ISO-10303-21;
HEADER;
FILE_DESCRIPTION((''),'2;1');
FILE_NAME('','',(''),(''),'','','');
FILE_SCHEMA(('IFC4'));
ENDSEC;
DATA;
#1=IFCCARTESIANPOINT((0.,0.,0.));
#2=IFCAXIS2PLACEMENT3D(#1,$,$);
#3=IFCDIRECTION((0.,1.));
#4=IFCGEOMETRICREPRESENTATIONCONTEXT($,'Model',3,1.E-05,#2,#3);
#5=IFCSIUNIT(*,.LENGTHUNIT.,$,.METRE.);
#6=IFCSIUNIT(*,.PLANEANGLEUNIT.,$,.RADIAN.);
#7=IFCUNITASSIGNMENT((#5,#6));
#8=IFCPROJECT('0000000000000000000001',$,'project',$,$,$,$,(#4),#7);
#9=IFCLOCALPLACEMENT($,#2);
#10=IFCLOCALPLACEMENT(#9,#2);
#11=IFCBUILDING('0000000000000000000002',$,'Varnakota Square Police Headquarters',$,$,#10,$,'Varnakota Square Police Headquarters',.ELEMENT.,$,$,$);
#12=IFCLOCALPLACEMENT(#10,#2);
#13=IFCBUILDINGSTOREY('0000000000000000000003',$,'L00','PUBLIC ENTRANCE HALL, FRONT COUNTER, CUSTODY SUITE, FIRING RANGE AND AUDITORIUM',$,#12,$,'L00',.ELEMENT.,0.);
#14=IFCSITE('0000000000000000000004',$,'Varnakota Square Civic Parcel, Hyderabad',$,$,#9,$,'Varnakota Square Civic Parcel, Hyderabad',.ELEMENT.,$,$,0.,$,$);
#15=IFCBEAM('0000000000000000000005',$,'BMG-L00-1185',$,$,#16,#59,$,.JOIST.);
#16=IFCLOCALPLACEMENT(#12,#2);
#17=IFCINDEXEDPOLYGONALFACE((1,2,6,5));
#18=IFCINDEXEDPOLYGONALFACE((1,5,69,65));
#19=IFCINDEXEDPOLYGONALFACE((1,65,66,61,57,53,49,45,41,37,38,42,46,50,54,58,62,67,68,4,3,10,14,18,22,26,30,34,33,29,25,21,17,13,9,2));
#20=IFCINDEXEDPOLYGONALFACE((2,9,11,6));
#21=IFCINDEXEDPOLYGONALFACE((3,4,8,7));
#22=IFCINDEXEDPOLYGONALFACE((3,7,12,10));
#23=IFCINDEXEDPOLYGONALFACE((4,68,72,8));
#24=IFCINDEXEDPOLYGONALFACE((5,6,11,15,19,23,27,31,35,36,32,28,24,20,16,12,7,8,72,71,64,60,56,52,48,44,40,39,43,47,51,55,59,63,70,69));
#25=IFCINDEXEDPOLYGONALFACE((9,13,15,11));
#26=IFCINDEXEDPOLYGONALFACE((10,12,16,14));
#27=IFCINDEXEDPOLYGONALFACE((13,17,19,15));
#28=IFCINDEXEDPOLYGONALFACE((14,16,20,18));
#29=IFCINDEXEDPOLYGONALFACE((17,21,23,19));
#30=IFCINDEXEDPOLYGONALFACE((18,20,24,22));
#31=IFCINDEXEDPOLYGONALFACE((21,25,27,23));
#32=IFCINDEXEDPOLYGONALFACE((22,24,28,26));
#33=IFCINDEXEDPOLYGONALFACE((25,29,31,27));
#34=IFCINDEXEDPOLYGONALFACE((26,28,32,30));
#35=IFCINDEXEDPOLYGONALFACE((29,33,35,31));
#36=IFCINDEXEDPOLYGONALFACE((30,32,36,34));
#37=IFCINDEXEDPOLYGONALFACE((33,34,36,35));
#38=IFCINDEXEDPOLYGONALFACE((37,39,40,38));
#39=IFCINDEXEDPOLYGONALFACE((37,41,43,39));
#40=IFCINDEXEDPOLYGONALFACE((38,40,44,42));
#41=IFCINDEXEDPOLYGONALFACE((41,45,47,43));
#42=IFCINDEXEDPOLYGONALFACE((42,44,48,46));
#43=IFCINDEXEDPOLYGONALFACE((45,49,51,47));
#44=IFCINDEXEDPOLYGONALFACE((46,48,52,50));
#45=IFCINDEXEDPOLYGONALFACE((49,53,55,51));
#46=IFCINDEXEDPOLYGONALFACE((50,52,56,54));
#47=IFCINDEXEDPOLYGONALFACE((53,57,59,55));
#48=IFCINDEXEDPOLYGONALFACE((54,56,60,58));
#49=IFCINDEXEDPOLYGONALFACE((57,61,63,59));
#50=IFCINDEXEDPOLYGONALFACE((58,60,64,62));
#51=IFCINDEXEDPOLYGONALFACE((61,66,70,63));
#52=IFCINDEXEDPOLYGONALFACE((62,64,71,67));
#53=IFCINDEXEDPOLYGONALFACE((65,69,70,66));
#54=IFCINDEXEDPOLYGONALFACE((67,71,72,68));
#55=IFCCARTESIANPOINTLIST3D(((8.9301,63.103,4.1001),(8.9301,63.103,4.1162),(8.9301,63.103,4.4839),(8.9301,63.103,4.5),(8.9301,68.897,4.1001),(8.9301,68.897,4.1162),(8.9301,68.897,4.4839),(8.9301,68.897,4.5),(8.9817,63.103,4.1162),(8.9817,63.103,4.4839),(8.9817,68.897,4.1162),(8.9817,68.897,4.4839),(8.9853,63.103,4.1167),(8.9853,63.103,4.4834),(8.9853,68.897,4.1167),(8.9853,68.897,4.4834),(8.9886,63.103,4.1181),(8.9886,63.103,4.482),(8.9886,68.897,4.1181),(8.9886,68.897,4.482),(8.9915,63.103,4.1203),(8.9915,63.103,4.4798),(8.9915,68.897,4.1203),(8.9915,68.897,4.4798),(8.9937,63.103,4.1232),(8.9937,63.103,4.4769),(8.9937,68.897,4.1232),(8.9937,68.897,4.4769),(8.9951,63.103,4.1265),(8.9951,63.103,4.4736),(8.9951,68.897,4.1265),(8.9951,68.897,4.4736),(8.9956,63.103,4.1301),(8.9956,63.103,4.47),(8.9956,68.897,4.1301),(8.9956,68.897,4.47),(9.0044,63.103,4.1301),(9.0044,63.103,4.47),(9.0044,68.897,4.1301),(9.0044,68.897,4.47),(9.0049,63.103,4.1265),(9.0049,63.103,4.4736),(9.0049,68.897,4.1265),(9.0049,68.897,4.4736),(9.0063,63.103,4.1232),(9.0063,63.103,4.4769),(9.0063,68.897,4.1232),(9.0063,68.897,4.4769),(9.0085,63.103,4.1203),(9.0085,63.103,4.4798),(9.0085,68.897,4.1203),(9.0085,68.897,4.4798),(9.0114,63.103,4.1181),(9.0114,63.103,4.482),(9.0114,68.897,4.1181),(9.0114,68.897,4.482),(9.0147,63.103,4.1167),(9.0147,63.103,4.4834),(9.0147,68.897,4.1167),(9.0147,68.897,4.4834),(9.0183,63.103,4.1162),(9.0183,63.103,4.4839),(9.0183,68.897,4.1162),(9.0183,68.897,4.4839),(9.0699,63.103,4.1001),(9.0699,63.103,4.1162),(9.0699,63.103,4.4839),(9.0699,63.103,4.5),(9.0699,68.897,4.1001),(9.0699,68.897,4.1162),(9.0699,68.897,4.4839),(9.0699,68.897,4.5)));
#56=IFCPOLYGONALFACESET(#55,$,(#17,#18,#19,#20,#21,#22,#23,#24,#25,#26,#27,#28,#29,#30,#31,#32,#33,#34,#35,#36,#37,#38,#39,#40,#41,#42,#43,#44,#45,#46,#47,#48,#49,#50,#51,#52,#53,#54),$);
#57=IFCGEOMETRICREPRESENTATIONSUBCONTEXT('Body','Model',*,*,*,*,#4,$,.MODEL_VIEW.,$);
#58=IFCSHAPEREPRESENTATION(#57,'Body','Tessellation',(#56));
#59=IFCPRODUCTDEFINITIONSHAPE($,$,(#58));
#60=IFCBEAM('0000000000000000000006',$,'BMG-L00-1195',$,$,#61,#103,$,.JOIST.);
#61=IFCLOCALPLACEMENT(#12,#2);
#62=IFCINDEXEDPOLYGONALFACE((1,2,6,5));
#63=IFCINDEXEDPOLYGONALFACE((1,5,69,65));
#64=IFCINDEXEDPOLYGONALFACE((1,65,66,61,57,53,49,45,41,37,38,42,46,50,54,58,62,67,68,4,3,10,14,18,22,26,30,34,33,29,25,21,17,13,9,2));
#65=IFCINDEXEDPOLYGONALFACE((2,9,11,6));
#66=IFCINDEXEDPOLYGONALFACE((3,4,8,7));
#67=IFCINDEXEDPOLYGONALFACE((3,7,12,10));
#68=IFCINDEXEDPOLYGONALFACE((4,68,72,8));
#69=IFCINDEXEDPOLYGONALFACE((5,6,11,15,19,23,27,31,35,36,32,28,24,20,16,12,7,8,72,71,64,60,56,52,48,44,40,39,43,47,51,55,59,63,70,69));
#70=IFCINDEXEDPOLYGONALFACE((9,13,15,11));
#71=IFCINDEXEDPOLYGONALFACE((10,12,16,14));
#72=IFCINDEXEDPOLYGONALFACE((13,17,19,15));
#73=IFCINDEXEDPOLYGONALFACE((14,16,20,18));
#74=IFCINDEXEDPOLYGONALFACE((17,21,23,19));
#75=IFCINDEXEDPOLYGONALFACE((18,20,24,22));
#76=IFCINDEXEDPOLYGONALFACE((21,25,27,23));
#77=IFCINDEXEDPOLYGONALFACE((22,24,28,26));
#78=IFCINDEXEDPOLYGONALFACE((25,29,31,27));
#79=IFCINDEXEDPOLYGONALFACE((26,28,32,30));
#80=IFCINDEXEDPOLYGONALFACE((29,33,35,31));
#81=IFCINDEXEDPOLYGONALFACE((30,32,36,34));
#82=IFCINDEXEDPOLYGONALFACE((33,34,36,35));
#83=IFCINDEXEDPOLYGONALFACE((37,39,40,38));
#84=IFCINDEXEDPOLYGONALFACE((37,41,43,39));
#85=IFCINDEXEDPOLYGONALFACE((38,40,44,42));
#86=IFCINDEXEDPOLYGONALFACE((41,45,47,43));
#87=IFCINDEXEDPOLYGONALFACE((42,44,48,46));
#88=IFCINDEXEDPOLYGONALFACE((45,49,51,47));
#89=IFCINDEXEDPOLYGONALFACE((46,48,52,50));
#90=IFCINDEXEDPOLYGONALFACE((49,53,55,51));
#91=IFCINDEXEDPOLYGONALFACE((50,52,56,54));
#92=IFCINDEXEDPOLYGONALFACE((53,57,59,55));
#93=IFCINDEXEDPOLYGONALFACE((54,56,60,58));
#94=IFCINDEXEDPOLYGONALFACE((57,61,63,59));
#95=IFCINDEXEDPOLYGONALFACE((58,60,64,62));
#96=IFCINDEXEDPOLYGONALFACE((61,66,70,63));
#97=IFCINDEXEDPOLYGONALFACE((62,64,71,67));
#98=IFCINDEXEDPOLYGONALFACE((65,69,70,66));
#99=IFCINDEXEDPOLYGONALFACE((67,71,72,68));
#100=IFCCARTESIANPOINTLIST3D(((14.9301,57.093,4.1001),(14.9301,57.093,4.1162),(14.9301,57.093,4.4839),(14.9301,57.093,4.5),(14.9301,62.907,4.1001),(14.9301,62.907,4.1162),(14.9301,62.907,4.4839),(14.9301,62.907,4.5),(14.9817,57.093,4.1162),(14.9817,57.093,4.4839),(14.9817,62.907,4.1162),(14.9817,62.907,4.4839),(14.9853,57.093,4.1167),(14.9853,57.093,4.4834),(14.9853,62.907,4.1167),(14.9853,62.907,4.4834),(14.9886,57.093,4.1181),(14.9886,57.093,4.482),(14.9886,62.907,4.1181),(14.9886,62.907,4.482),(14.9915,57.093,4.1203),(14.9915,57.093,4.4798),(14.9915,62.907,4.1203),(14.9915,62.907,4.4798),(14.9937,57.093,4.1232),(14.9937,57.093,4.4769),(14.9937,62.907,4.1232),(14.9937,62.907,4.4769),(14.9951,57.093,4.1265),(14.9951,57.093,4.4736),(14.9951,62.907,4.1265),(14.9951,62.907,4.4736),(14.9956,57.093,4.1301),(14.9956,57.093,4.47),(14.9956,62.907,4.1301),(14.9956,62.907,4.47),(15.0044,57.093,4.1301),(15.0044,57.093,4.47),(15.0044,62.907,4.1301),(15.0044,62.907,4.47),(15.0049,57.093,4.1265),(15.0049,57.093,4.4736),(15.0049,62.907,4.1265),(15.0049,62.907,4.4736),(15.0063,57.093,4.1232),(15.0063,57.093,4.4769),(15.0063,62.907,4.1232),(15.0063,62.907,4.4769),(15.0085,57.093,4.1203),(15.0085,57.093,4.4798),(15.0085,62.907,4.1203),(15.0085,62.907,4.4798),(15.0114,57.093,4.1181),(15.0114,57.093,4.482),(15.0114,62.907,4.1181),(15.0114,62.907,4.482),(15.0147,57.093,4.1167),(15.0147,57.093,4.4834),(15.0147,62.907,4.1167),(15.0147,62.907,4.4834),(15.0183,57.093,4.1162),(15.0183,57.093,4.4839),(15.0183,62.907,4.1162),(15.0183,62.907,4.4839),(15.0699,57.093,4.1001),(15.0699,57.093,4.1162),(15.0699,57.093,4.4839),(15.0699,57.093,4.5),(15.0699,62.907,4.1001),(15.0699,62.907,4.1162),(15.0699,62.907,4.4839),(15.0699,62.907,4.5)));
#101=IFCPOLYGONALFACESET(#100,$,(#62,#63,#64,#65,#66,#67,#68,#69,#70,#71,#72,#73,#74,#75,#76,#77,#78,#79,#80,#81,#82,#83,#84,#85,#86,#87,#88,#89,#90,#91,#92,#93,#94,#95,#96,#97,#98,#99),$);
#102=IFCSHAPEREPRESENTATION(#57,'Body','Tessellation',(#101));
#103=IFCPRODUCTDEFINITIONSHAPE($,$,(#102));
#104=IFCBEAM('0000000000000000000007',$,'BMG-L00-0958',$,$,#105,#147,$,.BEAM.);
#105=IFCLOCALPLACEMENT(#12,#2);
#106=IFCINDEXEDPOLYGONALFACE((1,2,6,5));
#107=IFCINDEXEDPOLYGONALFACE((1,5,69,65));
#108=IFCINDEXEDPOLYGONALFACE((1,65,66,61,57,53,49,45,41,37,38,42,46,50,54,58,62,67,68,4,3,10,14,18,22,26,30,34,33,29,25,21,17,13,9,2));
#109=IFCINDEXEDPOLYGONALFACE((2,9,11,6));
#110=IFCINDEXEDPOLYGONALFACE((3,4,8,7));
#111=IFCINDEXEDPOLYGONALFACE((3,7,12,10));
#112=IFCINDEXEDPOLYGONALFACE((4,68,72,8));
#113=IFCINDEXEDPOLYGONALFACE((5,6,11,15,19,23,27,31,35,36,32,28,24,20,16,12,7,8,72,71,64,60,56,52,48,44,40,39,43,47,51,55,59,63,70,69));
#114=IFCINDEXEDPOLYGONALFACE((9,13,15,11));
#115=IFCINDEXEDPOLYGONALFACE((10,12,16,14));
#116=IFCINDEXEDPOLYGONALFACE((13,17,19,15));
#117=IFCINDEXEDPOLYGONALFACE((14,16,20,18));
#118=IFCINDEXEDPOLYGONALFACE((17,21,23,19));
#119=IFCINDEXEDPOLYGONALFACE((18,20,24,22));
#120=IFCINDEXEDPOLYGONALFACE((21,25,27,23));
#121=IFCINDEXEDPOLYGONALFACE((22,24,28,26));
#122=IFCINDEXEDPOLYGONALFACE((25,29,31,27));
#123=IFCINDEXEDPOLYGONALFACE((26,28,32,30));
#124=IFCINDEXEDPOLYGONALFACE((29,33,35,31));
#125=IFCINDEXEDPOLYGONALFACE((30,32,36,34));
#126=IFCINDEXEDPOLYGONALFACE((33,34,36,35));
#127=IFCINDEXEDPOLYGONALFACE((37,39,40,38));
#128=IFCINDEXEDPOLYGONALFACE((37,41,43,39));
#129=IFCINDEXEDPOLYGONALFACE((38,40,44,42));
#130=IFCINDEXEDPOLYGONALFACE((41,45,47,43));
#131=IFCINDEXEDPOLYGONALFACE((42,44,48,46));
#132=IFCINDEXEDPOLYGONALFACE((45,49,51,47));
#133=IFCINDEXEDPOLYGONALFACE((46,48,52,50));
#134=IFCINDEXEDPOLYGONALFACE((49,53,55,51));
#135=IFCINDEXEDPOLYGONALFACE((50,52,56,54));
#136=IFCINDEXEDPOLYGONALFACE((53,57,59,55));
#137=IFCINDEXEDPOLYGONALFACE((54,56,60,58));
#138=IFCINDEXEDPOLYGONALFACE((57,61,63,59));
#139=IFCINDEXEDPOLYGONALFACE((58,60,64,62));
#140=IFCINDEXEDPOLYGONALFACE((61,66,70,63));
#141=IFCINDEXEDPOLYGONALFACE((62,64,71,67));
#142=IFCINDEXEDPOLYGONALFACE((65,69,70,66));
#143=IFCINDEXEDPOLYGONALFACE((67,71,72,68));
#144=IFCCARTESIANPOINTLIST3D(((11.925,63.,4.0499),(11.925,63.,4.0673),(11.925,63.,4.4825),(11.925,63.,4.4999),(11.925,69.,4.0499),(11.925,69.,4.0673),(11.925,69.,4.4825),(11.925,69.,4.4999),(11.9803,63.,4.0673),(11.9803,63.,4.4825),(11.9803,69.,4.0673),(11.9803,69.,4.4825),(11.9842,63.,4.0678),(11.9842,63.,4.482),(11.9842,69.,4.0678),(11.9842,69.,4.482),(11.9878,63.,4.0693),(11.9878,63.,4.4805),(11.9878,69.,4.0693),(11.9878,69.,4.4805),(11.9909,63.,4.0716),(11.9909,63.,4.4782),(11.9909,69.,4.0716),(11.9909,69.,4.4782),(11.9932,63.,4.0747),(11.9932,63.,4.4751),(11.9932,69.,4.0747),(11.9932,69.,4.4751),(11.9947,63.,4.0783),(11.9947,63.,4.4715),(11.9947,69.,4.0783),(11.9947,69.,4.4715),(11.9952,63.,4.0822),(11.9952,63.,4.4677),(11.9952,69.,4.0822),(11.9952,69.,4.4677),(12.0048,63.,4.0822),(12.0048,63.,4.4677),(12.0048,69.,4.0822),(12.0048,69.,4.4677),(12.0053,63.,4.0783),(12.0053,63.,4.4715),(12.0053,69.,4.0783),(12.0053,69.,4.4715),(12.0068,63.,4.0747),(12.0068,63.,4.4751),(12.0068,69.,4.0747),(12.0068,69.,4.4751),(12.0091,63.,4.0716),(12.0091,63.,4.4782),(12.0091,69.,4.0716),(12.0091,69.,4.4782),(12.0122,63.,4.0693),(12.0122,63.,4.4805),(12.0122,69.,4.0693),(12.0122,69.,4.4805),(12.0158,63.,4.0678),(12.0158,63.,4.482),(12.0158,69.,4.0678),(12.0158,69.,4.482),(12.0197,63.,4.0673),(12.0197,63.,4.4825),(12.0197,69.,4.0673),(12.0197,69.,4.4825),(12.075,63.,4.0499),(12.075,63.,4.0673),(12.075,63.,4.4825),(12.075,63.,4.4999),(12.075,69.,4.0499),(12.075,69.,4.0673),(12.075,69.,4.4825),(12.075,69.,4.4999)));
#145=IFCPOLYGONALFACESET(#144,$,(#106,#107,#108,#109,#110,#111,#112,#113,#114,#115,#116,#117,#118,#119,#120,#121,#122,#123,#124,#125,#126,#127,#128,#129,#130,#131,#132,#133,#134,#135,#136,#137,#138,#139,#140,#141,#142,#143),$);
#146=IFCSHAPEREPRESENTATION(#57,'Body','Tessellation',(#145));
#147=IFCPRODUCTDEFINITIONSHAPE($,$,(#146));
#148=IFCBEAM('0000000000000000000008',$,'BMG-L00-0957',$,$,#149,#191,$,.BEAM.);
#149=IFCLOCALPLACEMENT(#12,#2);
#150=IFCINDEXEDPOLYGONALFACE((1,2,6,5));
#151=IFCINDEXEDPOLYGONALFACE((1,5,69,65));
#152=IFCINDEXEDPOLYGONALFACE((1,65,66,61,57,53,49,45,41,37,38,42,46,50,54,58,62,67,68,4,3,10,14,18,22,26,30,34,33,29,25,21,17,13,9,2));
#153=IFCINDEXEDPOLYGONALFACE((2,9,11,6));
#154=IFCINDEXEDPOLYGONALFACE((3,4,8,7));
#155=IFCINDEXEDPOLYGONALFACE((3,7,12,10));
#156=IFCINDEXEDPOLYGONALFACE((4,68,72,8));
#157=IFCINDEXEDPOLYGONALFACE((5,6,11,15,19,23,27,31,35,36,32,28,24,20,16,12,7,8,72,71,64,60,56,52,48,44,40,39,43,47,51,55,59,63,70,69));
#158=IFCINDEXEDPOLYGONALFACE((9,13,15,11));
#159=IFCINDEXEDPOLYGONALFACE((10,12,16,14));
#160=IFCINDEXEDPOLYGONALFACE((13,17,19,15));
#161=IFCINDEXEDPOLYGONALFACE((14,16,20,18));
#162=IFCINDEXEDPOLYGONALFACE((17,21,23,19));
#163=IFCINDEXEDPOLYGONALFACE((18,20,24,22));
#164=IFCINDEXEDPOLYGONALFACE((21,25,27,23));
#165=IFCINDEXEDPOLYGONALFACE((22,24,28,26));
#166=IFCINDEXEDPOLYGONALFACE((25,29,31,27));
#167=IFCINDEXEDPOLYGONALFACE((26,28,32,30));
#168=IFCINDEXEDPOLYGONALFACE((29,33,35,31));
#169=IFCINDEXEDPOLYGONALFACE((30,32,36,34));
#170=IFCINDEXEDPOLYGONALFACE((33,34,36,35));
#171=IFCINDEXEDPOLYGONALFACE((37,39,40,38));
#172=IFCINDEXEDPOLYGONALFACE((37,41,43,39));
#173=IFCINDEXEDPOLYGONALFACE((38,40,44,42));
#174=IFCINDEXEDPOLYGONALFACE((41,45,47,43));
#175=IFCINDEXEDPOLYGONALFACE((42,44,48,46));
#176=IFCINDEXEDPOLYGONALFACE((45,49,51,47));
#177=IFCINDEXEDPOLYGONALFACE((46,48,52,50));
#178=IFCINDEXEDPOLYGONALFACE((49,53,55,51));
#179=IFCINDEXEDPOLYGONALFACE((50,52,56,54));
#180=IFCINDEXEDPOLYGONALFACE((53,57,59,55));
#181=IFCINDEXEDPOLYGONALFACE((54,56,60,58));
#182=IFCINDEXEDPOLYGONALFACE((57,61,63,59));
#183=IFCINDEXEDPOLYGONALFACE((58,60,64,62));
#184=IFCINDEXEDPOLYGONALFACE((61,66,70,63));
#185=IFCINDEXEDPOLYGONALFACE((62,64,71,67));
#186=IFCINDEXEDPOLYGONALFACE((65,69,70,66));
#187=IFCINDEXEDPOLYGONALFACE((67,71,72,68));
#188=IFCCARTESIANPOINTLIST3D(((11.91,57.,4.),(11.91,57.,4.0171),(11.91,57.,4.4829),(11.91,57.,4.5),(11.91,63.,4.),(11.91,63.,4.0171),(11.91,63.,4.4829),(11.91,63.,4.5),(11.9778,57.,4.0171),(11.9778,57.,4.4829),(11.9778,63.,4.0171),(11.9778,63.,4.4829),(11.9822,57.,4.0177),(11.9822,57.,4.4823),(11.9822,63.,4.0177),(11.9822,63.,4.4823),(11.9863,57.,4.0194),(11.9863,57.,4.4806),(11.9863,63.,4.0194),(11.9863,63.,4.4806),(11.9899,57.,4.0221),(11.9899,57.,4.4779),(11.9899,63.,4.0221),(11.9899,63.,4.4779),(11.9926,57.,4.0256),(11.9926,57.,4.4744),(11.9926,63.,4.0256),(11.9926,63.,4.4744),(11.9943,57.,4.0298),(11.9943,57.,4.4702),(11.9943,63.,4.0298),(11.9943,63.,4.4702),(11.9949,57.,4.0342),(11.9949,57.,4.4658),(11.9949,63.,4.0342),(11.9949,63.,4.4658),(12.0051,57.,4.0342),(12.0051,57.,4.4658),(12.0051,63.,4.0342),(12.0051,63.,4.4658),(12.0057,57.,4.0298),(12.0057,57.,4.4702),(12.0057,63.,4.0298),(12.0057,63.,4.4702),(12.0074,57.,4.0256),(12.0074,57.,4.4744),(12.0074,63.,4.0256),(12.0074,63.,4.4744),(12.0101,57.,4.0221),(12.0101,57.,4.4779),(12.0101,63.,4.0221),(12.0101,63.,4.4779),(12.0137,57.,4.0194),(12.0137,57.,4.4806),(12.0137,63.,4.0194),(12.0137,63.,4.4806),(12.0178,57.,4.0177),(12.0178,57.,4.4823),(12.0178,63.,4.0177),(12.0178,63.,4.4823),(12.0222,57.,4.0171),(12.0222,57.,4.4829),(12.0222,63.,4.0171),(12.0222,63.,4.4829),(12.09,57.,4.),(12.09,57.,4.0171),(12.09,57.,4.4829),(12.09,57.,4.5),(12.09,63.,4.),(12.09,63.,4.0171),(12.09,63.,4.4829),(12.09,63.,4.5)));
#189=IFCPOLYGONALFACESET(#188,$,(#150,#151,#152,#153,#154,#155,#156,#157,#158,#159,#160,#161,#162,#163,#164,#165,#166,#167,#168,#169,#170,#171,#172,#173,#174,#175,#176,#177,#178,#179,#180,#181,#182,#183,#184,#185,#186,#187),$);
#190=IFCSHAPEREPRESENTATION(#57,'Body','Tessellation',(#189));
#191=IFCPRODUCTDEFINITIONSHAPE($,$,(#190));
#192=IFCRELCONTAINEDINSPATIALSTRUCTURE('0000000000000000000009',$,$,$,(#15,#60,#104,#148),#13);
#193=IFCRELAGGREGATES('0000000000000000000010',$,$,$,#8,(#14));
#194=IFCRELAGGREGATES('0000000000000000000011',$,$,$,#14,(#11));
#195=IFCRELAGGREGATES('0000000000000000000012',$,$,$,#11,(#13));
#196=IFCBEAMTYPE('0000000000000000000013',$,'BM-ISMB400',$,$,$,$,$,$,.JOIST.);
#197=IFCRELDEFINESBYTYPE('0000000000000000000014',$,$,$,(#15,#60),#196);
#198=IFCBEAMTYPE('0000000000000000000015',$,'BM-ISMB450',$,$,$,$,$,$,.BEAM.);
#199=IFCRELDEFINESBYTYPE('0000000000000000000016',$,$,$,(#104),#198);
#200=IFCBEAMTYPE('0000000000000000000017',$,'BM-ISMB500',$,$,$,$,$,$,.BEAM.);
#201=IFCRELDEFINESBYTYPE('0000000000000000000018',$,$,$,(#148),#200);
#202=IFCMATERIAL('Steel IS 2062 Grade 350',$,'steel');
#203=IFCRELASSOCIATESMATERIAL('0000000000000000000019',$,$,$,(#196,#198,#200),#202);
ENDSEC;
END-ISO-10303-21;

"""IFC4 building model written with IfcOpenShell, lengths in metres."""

from ifc_helpers import new_model, si_unit, direction, frame, origin, origin_2d, place, context, subcontext, project, spatial, i_section, extrude, material, material_profile, profile_set, type_object, element, save


model = new_model("IFC4")

# Units and contexts
model_context = context("Model", 3, precision=1e-05, world=origin(), true_north=direction((0.0, 1.0)))
body_context = subcontext(model_context, "Body", "Model", "MODEL_VIEW")
ifc_project = project(units=[si_unit("LENGTHUNIT", "METRE"), si_unit("PLANEANGLEUNIT", "RADIAN")], contexts=[model_context])

# Site, building, storey
site_placement = place(None, origin())
site = spatial("IfcSite", under=ifc_project, at=site_placement, Name="Varnakota Square Civic Parcel, Hyderabad", LongName="Varnakota Square Civic Parcel, Hyderabad", CompositionType="ELEMENT", RefElevation=0.0)
building_placement = place(site_placement, origin())
building = spatial("IfcBuilding", under=site, at=building_placement, Name="Varnakota Square Police Headquarters", LongName="Varnakota Square Police Headquarters", CompositionType="ELEMENT")
storey_placement = place(building_placement, origin())
storey = spatial("IfcBuildingStorey", under=building, at=storey_placement, Name="L00", Description="PUBLIC ENTRANCE HALL, FRONT COUNTER, CUSTODY SUITE, FIRING RANGE AND AUDITORIUM", LongName="L00", CompositionType="ELEMENT", Elevation=0.0)

# Beams
ifc_material_1 = material(Name="Steel IS 2062 Grade 350", Category="steel")
ifc_material_profile_1 = material_profile(ifc_material_1, i_section(OverallWidth=0.1399, OverallDepth=0.3999, WebThickness=0.0088, FlangeThickness=0.0161, FilletRadius=0.0139, at=origin_2d()), Name="ISMB 400")
ifc_profile_set_1 = profile_set([ifc_material_profile_1], Name="Steel IS 2062 Grade 350")
beam_type_1 = type_object("IfcBeamType", Name="BM-ISMB400", PredefinedType="JOIST", material=ifc_profile_set_1)
beam_1_placement = place(storey_placement, frame((9.0, 63.103, 4.3), z_axis=(0.0, 1.0, 0.0), x_axis=(-1.0, 0.0, 0.0)))
element("IfcBeam", 1, at=beam_1_placement, inside=storey, type_object=beam_type_1, Name="BMG-L00-1185", PredefinedType="JOIST", context=body_context, shape_type="SweptSolid", body=[
    extrude(i_section(OverallWidth=0.1399, OverallDepth=0.3999, WebThickness=0.0088, FlangeThickness=0.0161, FilletRadius=0.0139, at=origin_2d()), origin(), (0.0, 0.0, 1.0), 5.7939),
])
beam_2_placement = place(storey_placement, frame((15.0, 57.093, 4.3), z_axis=(0.0, 1.0, 0.0), x_axis=(-1.0, 0.0, 0.0)))
element("IfcBeam", 2, at=beam_2_placement, inside=storey, type_object=beam_type_1, Name="BMG-L00-1195", PredefinedType="JOIST", context=body_context, shape_type="SweptSolid", body=[
    extrude(i_section(OverallWidth=0.1399, OverallDepth=0.3999, WebThickness=0.0088, FlangeThickness=0.0161, FilletRadius=0.0139, at=origin_2d()), origin(), (0.0, 0.0, 1.0), 5.814),
])
ifc_material_profile_2 = material_profile(ifc_material_1, i_section(OverallWidth=0.1499, OverallDepth=0.45, WebThickness=0.0095, FlangeThickness=0.0173, FilletRadius=0.0149, at=origin_2d()), Name="ISMB 450")
ifc_profile_set_2 = profile_set([ifc_material_profile_2], Name="Steel IS 2062 Grade 350")
beam_type_2 = type_object("IfcBeamType", Name="BM-ISMB450", PredefinedType="BEAM", material=ifc_profile_set_2)
beam_3_placement = place(storey_placement, frame((12.0, 63.0, 4.2749), z_axis=(0.0, 1.0, 0.0), x_axis=(-1.0, 0.0, 0.0)))
element("IfcBeam", 3, at=beam_3_placement, inside=storey, type_object=beam_type_2, Name="BMG-L00-0958", PredefinedType="BEAM", context=body_context, shape_type="SweptSolid", body=[
    extrude(i_section(OverallWidth=0.1499, OverallDepth=0.45, WebThickness=0.0095, FlangeThickness=0.0173, FilletRadius=0.0149, at=origin_2d()), origin(), (0.0, 0.0, 1.0), 6.0),
])
ifc_material_profile_3 = material_profile(ifc_material_1, i_section(OverallWidth=0.1799, OverallDepth=0.5, WebThickness=0.0103, FlangeThickness=0.0171, FilletRadius=0.0171, at=origin_2d()), Name="ISMB 500")
ifc_profile_set_3 = profile_set([ifc_material_profile_3], Name="Steel IS 2062 Grade 350")
beam_type_3 = type_object("IfcBeamType", Name="BM-ISMB500", PredefinedType="BEAM", material=ifc_profile_set_3)
beam_4_placement = place(storey_placement, frame((12.0, 57.0, 4.25), z_axis=(0.0, 1.0, 0.0), x_axis=(-1.0, 0.0, 0.0)))
element("IfcBeam", 4, at=beam_4_placement, inside=storey, type_object=beam_type_3, Name="BMG-L00-0957", PredefinedType="BEAM", context=body_context, shape_type="SweptSolid", body=[
    extrude(i_section(OverallWidth=0.1799, OverallDepth=0.5, WebThickness=0.0103, FlangeThickness=0.0171, FilletRadius=0.0171, at=origin_2d()), origin(), (0.0, 0.0, 1.0), 6.0),
])

save(model, "model.ifc")
